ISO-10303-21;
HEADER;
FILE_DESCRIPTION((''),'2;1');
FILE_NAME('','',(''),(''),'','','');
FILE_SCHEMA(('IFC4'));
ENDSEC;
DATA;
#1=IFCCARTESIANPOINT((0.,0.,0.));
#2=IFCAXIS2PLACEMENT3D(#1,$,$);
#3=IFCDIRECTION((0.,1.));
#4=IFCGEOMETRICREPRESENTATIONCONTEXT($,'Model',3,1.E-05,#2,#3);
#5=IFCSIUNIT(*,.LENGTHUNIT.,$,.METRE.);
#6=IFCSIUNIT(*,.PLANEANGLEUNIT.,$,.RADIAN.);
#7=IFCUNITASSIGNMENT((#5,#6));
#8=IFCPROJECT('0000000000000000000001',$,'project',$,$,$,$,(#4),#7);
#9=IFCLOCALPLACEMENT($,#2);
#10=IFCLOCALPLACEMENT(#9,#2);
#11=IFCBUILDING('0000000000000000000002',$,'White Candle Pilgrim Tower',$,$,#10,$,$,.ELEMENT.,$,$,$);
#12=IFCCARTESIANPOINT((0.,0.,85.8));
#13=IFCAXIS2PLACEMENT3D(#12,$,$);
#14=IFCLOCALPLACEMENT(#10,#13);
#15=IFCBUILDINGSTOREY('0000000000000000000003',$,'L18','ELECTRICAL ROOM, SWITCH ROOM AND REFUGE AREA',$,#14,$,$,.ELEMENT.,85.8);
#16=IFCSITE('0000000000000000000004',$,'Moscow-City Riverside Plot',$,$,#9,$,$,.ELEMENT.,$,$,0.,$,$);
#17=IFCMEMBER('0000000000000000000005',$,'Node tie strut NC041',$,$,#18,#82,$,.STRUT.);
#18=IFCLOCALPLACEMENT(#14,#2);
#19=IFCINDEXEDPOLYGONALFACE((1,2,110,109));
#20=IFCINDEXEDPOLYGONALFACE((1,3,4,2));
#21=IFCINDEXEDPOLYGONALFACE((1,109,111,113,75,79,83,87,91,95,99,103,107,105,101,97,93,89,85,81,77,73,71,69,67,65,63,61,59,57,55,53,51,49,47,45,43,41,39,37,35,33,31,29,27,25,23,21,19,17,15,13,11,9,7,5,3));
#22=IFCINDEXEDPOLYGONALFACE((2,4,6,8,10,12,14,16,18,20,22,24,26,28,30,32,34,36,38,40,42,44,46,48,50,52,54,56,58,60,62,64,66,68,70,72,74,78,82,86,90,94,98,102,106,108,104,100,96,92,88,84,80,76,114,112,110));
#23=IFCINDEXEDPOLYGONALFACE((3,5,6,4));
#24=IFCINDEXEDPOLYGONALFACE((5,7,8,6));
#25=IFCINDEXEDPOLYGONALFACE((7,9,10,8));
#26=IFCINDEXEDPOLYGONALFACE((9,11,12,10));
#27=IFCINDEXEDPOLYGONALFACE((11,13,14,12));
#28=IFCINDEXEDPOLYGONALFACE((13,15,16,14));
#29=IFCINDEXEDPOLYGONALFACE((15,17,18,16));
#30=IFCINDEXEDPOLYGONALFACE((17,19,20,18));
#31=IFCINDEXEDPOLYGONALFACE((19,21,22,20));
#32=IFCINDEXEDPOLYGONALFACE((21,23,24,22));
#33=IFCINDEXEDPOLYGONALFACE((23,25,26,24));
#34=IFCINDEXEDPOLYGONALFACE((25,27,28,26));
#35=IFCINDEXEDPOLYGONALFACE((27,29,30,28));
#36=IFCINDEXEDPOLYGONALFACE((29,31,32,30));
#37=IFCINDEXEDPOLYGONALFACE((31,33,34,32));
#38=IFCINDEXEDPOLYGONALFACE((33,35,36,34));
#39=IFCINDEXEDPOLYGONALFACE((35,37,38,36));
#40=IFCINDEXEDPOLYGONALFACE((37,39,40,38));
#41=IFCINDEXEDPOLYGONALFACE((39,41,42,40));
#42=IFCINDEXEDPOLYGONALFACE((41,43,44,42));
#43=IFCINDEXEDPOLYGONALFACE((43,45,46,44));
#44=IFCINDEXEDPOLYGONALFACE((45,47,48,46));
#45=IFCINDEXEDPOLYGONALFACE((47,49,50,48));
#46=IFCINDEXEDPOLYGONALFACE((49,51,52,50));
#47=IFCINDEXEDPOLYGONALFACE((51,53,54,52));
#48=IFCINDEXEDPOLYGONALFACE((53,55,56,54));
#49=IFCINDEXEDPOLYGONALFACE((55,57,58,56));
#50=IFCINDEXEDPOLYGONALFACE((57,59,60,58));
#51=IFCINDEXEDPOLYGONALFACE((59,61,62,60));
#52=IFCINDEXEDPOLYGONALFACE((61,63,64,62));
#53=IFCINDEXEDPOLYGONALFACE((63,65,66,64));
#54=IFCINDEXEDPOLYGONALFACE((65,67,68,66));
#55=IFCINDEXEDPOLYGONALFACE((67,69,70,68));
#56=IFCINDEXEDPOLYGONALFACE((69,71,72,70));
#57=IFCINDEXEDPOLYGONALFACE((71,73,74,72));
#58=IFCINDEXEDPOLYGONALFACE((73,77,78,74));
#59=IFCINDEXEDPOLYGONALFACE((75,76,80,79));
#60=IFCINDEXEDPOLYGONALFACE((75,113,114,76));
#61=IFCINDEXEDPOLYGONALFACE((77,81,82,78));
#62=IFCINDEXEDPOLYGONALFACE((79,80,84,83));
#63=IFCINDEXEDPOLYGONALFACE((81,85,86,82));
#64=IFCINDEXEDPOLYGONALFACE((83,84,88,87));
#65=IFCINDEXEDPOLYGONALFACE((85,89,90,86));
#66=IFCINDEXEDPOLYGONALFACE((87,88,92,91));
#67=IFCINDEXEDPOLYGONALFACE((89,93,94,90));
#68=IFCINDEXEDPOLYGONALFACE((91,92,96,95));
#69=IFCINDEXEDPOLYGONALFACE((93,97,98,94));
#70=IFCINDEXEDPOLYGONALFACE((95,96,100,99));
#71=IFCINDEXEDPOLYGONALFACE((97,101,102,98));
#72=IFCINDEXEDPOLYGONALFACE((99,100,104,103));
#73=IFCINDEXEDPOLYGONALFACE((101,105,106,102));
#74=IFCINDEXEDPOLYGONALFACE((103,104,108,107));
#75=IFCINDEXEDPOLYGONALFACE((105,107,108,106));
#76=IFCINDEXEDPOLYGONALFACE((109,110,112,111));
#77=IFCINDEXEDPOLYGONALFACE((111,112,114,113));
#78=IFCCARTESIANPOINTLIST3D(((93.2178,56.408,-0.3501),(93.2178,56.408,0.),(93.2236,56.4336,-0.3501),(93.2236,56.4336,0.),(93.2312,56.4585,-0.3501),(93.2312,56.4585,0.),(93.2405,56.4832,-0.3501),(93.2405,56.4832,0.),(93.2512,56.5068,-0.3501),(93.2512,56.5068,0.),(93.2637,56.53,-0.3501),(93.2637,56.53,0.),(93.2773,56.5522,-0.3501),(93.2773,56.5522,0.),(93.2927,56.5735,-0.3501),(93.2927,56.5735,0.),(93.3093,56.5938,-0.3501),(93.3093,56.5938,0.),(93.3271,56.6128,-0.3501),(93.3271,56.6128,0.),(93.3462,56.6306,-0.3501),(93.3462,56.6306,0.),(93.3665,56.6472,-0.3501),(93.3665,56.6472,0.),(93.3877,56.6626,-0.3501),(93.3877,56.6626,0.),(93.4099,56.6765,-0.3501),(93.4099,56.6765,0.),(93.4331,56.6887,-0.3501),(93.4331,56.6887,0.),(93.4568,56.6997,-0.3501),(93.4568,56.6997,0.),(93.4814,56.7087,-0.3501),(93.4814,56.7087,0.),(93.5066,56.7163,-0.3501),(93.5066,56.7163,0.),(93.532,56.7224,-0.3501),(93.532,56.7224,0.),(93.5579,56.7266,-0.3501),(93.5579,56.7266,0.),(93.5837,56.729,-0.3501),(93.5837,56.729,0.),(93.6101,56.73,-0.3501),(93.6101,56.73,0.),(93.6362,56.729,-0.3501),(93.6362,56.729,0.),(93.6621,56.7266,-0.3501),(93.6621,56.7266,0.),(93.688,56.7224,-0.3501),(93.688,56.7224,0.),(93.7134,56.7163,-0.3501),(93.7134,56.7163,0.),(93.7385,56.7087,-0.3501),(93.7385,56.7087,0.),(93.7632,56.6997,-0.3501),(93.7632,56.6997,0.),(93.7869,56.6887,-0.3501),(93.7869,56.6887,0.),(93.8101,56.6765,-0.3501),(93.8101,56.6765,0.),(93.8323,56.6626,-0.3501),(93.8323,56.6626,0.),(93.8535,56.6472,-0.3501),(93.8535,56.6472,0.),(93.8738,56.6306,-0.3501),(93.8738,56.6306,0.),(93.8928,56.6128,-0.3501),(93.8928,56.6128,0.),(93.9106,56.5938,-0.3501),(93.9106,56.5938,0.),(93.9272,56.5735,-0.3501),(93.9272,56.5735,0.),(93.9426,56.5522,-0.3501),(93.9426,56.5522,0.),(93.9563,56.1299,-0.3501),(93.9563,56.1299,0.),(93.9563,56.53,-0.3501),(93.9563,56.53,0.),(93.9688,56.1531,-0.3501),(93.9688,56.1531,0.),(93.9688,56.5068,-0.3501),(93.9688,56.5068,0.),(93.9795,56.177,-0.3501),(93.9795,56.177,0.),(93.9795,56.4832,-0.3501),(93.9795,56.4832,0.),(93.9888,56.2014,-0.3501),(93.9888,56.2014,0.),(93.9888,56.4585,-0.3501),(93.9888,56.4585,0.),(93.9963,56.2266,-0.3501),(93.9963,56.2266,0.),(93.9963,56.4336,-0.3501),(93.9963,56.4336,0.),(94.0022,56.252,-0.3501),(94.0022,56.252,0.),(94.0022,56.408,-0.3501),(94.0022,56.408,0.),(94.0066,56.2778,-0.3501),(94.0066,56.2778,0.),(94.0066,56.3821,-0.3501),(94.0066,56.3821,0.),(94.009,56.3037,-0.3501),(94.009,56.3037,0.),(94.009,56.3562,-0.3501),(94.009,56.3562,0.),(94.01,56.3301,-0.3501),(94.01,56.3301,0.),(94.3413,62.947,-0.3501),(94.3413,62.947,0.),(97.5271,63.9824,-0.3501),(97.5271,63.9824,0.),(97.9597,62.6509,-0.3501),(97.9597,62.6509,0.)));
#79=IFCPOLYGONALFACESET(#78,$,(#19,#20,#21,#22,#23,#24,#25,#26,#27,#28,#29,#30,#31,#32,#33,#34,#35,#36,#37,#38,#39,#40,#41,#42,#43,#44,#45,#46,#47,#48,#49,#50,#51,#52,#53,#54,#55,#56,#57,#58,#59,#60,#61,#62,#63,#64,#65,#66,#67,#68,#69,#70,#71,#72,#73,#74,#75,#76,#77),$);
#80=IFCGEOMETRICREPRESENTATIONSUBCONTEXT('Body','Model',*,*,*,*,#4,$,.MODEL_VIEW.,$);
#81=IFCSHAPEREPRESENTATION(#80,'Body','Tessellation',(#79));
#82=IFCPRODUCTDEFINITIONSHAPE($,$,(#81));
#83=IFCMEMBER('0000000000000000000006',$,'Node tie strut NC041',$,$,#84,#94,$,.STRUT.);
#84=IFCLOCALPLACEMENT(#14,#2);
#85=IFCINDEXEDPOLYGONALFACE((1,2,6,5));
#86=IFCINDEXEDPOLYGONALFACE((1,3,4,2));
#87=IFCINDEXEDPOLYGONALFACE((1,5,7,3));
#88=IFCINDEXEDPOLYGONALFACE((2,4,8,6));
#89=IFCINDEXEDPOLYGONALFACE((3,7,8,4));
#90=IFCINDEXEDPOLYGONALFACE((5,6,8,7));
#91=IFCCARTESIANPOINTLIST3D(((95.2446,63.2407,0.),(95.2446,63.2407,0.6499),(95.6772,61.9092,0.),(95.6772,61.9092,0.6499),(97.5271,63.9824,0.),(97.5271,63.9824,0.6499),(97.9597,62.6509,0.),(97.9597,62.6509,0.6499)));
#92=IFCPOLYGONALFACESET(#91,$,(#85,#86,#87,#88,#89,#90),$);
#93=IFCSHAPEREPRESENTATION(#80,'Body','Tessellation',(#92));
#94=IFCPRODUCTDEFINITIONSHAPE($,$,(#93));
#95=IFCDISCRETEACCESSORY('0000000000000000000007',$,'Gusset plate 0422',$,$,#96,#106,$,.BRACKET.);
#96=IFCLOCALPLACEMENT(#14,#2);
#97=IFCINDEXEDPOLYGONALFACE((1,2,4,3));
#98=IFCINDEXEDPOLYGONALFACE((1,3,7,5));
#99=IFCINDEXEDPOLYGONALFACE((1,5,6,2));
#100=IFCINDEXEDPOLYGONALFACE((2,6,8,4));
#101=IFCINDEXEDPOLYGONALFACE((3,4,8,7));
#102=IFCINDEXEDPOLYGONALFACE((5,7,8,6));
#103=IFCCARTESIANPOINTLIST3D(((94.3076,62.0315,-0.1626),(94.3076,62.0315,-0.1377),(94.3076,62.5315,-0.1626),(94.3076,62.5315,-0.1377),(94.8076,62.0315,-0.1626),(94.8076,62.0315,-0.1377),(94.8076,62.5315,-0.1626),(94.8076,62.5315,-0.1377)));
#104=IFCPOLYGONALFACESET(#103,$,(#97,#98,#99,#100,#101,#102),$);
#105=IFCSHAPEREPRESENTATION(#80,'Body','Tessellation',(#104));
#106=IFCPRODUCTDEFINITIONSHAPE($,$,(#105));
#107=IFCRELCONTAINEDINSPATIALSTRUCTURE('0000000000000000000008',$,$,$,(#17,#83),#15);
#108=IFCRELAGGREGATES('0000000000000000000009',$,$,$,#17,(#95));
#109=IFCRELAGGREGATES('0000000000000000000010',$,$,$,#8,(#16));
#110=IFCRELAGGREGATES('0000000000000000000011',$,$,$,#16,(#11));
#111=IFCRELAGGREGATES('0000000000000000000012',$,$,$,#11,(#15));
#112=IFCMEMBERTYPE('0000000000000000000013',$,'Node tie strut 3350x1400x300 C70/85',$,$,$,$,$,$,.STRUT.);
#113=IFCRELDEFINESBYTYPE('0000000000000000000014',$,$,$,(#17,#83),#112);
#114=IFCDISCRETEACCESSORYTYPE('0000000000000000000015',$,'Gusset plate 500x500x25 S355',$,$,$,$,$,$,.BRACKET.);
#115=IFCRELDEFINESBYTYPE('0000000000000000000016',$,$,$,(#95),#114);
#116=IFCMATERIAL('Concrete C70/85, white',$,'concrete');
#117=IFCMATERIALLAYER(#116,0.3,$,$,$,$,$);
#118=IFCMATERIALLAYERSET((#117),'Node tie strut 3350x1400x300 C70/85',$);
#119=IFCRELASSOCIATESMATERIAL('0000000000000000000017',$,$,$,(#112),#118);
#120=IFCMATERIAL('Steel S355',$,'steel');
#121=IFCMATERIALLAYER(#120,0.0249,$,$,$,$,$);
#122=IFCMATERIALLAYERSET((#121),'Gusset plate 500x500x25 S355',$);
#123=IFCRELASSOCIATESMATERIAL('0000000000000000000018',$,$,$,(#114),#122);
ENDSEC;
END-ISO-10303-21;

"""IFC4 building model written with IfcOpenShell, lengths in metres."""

from ifc_helpers import new_model, si_unit, direction, frame, origin, origin_2d, place, context, subcontext, project, spatial, polyline, rectangle, outline, extrude, material, layer, layer_set, type_object, element, aggregate, save


model = new_model("IFC4")

# Units and contexts
model_context = context("Model", 3, precision=1e-05, world=origin(), true_north=direction((0.0, 1.0)))
body_context = subcontext(model_context, "Body", "Model", "MODEL_VIEW")
ifc_project = project(units=[si_unit("LENGTHUNIT", "METRE"), si_unit("PLANEANGLEUNIT", "RADIAN")], contexts=[model_context])

# Site, building, storey
site_placement = place(None, origin())
site = spatial("IfcSite", under=ifc_project, at=site_placement, Name="Moscow-City Riverside Plot", CompositionType="ELEMENT", RefElevation=0.0)
building_placement = place(site_placement, origin())
building = spatial("IfcBuilding", under=site, at=building_placement, Name="White Candle Pilgrim Tower", CompositionType="ELEMENT")
storey_placement = place(building_placement, frame((0.0, 0.0, 85.8)))
storey = spatial("IfcBuildingStorey", under=building, at=storey_placement, Name="L18", Description="ELECTRICAL ROOM, SWITCH ROOM AND REFUGE AREA", CompositionType="ELEMENT", Elevation=85.8)

# Members
ifc_material_1 = material(Name="Concrete C70/85, white", Category="concrete")
ifc_layer_1 = layer(ifc_material_1, 0.3)
ifc_layer_set_1 = layer_set([ifc_layer_1], Name="Node tie strut 3350x1400x300 C70/85")
member_type_1 = type_object("IfcMemberType", Name="Node tie strut 3350x1400x300 C70/85", PredefinedType="STRUT", material=ifc_layer_set_1)
member_1_placement = place(storey_placement, frame((0.0, 0.0, -0.3501)))
member_1 = element("IfcMember", 1, at=member_1_placement, inside=storey, type_object=member_type_1, Name="Node tie strut NC041", PredefinedType="STRUT", context=body_context, shape_type="SweptSolid", body=[
    extrude(outline(polyline([(93.9563, 56.1299), (97.9597, 62.6509), (97.5271, 63.9824), (94.3413, 62.947), (93.2178, 56.408), (93.2236, 56.4336), (93.2312, 56.4585), (93.2405, 56.4832), (93.2512, 56.5068), (93.2637, 56.53), (93.2773, 56.5522), (93.2927, 56.5735), (93.3093, 56.5938), (93.3271, 56.6128), (93.3462, 56.6306), (93.3665, 56.6472), (93.3877, 56.6626), (93.4099, 56.6765), (93.4331, 56.6887), (93.4568, 56.6997), (93.4814, 56.7087), (93.5066, 56.7163), (93.532, 56.7224), (93.5579, 56.7266), (93.5837, 56.729), (93.6101, 56.73), (93.6362, 56.729), (93.6621, 56.7266), (93.688, 56.7224), (93.7134, 56.7163), (93.7385, 56.7087), (93.7632, 56.6997), (93.7869, 56.6887), (93.8101, 56.6765), (93.8323, 56.6626), (93.8535, 56.6472), (93.8738, 56.6306), (93.8928, 56.6128), (93.9106, 56.5938), (93.9272, 56.5735), (93.9426, 56.5522), (93.9563, 56.53), (93.9688, 56.5068), (93.9795, 56.4832), (93.9888, 56.4585), (93.9963, 56.4336), (94.0022, 56.408), (94.0066, 56.3821), (94.009, 56.3562), (94.01, 56.3301), (94.009, 56.3037), (94.0066, 56.2778), (94.0022, 56.252), (93.9963, 56.2266), (93.9888, 56.2014), (93.9795, 56.177), (93.9688, 56.1531), (93.9563, 56.1299)])), origin(), (0.0, 0.0, 1.0), 0.3501),
])
member_2_placement = place(storey_placement, origin())
element("IfcMember", 2, at=member_2_placement, inside=storey, type_object=member_type_1, Name="Node tie strut NC041", PredefinedType="STRUT", context=body_context, shape_type="SweptSolid", body=[
    extrude(outline(polyline([(95.6772, 61.9092), (97.9597, 62.6509), (97.5271, 63.9824), (95.2446, 63.2407), (95.6772, 61.9092)])), origin(), (0.0, 0.0, 1.0), 0.6499),
])

# Discrete accessory
ifc_material_2 = material(Name="Steel S355", Category="steel")
ifc_layer_2 = layer(ifc_material_2, 0.0249)
ifc_layer_set_2 = layer_set([ifc_layer_2], Name="Gusset plate 500x500x25 S355")
discrete_accessory_type = type_object("IfcDiscreteAccessoryType", Name="Gusset plate 500x500x25 S355", PredefinedType="BRACKET", material=ifc_layer_set_2)
discrete_accessory_1_placement = place(storey_placement, frame((94.5576, 62.2815, -0.1626), z_axis=(0.0, 0.0, 1.0), x_axis=(1.0, 0.0, 0.0)))
discrete_accessory_1 = element("IfcDiscreteAccessory", 3, at=discrete_accessory_1_placement, type_object=discrete_accessory_type, Name="Gusset plate 0422", PredefinedType="BRACKET", context=body_context, shape_type="SweptSolid", body=[
    extrude(rectangle(XDim=0.5, YDim=0.5, at=origin_2d()), origin(), (0.0, 0.0, 1.0), 0.0249),
])
aggregate(member_1, [discrete_accessory_1])

save(model, "model.ifc")
